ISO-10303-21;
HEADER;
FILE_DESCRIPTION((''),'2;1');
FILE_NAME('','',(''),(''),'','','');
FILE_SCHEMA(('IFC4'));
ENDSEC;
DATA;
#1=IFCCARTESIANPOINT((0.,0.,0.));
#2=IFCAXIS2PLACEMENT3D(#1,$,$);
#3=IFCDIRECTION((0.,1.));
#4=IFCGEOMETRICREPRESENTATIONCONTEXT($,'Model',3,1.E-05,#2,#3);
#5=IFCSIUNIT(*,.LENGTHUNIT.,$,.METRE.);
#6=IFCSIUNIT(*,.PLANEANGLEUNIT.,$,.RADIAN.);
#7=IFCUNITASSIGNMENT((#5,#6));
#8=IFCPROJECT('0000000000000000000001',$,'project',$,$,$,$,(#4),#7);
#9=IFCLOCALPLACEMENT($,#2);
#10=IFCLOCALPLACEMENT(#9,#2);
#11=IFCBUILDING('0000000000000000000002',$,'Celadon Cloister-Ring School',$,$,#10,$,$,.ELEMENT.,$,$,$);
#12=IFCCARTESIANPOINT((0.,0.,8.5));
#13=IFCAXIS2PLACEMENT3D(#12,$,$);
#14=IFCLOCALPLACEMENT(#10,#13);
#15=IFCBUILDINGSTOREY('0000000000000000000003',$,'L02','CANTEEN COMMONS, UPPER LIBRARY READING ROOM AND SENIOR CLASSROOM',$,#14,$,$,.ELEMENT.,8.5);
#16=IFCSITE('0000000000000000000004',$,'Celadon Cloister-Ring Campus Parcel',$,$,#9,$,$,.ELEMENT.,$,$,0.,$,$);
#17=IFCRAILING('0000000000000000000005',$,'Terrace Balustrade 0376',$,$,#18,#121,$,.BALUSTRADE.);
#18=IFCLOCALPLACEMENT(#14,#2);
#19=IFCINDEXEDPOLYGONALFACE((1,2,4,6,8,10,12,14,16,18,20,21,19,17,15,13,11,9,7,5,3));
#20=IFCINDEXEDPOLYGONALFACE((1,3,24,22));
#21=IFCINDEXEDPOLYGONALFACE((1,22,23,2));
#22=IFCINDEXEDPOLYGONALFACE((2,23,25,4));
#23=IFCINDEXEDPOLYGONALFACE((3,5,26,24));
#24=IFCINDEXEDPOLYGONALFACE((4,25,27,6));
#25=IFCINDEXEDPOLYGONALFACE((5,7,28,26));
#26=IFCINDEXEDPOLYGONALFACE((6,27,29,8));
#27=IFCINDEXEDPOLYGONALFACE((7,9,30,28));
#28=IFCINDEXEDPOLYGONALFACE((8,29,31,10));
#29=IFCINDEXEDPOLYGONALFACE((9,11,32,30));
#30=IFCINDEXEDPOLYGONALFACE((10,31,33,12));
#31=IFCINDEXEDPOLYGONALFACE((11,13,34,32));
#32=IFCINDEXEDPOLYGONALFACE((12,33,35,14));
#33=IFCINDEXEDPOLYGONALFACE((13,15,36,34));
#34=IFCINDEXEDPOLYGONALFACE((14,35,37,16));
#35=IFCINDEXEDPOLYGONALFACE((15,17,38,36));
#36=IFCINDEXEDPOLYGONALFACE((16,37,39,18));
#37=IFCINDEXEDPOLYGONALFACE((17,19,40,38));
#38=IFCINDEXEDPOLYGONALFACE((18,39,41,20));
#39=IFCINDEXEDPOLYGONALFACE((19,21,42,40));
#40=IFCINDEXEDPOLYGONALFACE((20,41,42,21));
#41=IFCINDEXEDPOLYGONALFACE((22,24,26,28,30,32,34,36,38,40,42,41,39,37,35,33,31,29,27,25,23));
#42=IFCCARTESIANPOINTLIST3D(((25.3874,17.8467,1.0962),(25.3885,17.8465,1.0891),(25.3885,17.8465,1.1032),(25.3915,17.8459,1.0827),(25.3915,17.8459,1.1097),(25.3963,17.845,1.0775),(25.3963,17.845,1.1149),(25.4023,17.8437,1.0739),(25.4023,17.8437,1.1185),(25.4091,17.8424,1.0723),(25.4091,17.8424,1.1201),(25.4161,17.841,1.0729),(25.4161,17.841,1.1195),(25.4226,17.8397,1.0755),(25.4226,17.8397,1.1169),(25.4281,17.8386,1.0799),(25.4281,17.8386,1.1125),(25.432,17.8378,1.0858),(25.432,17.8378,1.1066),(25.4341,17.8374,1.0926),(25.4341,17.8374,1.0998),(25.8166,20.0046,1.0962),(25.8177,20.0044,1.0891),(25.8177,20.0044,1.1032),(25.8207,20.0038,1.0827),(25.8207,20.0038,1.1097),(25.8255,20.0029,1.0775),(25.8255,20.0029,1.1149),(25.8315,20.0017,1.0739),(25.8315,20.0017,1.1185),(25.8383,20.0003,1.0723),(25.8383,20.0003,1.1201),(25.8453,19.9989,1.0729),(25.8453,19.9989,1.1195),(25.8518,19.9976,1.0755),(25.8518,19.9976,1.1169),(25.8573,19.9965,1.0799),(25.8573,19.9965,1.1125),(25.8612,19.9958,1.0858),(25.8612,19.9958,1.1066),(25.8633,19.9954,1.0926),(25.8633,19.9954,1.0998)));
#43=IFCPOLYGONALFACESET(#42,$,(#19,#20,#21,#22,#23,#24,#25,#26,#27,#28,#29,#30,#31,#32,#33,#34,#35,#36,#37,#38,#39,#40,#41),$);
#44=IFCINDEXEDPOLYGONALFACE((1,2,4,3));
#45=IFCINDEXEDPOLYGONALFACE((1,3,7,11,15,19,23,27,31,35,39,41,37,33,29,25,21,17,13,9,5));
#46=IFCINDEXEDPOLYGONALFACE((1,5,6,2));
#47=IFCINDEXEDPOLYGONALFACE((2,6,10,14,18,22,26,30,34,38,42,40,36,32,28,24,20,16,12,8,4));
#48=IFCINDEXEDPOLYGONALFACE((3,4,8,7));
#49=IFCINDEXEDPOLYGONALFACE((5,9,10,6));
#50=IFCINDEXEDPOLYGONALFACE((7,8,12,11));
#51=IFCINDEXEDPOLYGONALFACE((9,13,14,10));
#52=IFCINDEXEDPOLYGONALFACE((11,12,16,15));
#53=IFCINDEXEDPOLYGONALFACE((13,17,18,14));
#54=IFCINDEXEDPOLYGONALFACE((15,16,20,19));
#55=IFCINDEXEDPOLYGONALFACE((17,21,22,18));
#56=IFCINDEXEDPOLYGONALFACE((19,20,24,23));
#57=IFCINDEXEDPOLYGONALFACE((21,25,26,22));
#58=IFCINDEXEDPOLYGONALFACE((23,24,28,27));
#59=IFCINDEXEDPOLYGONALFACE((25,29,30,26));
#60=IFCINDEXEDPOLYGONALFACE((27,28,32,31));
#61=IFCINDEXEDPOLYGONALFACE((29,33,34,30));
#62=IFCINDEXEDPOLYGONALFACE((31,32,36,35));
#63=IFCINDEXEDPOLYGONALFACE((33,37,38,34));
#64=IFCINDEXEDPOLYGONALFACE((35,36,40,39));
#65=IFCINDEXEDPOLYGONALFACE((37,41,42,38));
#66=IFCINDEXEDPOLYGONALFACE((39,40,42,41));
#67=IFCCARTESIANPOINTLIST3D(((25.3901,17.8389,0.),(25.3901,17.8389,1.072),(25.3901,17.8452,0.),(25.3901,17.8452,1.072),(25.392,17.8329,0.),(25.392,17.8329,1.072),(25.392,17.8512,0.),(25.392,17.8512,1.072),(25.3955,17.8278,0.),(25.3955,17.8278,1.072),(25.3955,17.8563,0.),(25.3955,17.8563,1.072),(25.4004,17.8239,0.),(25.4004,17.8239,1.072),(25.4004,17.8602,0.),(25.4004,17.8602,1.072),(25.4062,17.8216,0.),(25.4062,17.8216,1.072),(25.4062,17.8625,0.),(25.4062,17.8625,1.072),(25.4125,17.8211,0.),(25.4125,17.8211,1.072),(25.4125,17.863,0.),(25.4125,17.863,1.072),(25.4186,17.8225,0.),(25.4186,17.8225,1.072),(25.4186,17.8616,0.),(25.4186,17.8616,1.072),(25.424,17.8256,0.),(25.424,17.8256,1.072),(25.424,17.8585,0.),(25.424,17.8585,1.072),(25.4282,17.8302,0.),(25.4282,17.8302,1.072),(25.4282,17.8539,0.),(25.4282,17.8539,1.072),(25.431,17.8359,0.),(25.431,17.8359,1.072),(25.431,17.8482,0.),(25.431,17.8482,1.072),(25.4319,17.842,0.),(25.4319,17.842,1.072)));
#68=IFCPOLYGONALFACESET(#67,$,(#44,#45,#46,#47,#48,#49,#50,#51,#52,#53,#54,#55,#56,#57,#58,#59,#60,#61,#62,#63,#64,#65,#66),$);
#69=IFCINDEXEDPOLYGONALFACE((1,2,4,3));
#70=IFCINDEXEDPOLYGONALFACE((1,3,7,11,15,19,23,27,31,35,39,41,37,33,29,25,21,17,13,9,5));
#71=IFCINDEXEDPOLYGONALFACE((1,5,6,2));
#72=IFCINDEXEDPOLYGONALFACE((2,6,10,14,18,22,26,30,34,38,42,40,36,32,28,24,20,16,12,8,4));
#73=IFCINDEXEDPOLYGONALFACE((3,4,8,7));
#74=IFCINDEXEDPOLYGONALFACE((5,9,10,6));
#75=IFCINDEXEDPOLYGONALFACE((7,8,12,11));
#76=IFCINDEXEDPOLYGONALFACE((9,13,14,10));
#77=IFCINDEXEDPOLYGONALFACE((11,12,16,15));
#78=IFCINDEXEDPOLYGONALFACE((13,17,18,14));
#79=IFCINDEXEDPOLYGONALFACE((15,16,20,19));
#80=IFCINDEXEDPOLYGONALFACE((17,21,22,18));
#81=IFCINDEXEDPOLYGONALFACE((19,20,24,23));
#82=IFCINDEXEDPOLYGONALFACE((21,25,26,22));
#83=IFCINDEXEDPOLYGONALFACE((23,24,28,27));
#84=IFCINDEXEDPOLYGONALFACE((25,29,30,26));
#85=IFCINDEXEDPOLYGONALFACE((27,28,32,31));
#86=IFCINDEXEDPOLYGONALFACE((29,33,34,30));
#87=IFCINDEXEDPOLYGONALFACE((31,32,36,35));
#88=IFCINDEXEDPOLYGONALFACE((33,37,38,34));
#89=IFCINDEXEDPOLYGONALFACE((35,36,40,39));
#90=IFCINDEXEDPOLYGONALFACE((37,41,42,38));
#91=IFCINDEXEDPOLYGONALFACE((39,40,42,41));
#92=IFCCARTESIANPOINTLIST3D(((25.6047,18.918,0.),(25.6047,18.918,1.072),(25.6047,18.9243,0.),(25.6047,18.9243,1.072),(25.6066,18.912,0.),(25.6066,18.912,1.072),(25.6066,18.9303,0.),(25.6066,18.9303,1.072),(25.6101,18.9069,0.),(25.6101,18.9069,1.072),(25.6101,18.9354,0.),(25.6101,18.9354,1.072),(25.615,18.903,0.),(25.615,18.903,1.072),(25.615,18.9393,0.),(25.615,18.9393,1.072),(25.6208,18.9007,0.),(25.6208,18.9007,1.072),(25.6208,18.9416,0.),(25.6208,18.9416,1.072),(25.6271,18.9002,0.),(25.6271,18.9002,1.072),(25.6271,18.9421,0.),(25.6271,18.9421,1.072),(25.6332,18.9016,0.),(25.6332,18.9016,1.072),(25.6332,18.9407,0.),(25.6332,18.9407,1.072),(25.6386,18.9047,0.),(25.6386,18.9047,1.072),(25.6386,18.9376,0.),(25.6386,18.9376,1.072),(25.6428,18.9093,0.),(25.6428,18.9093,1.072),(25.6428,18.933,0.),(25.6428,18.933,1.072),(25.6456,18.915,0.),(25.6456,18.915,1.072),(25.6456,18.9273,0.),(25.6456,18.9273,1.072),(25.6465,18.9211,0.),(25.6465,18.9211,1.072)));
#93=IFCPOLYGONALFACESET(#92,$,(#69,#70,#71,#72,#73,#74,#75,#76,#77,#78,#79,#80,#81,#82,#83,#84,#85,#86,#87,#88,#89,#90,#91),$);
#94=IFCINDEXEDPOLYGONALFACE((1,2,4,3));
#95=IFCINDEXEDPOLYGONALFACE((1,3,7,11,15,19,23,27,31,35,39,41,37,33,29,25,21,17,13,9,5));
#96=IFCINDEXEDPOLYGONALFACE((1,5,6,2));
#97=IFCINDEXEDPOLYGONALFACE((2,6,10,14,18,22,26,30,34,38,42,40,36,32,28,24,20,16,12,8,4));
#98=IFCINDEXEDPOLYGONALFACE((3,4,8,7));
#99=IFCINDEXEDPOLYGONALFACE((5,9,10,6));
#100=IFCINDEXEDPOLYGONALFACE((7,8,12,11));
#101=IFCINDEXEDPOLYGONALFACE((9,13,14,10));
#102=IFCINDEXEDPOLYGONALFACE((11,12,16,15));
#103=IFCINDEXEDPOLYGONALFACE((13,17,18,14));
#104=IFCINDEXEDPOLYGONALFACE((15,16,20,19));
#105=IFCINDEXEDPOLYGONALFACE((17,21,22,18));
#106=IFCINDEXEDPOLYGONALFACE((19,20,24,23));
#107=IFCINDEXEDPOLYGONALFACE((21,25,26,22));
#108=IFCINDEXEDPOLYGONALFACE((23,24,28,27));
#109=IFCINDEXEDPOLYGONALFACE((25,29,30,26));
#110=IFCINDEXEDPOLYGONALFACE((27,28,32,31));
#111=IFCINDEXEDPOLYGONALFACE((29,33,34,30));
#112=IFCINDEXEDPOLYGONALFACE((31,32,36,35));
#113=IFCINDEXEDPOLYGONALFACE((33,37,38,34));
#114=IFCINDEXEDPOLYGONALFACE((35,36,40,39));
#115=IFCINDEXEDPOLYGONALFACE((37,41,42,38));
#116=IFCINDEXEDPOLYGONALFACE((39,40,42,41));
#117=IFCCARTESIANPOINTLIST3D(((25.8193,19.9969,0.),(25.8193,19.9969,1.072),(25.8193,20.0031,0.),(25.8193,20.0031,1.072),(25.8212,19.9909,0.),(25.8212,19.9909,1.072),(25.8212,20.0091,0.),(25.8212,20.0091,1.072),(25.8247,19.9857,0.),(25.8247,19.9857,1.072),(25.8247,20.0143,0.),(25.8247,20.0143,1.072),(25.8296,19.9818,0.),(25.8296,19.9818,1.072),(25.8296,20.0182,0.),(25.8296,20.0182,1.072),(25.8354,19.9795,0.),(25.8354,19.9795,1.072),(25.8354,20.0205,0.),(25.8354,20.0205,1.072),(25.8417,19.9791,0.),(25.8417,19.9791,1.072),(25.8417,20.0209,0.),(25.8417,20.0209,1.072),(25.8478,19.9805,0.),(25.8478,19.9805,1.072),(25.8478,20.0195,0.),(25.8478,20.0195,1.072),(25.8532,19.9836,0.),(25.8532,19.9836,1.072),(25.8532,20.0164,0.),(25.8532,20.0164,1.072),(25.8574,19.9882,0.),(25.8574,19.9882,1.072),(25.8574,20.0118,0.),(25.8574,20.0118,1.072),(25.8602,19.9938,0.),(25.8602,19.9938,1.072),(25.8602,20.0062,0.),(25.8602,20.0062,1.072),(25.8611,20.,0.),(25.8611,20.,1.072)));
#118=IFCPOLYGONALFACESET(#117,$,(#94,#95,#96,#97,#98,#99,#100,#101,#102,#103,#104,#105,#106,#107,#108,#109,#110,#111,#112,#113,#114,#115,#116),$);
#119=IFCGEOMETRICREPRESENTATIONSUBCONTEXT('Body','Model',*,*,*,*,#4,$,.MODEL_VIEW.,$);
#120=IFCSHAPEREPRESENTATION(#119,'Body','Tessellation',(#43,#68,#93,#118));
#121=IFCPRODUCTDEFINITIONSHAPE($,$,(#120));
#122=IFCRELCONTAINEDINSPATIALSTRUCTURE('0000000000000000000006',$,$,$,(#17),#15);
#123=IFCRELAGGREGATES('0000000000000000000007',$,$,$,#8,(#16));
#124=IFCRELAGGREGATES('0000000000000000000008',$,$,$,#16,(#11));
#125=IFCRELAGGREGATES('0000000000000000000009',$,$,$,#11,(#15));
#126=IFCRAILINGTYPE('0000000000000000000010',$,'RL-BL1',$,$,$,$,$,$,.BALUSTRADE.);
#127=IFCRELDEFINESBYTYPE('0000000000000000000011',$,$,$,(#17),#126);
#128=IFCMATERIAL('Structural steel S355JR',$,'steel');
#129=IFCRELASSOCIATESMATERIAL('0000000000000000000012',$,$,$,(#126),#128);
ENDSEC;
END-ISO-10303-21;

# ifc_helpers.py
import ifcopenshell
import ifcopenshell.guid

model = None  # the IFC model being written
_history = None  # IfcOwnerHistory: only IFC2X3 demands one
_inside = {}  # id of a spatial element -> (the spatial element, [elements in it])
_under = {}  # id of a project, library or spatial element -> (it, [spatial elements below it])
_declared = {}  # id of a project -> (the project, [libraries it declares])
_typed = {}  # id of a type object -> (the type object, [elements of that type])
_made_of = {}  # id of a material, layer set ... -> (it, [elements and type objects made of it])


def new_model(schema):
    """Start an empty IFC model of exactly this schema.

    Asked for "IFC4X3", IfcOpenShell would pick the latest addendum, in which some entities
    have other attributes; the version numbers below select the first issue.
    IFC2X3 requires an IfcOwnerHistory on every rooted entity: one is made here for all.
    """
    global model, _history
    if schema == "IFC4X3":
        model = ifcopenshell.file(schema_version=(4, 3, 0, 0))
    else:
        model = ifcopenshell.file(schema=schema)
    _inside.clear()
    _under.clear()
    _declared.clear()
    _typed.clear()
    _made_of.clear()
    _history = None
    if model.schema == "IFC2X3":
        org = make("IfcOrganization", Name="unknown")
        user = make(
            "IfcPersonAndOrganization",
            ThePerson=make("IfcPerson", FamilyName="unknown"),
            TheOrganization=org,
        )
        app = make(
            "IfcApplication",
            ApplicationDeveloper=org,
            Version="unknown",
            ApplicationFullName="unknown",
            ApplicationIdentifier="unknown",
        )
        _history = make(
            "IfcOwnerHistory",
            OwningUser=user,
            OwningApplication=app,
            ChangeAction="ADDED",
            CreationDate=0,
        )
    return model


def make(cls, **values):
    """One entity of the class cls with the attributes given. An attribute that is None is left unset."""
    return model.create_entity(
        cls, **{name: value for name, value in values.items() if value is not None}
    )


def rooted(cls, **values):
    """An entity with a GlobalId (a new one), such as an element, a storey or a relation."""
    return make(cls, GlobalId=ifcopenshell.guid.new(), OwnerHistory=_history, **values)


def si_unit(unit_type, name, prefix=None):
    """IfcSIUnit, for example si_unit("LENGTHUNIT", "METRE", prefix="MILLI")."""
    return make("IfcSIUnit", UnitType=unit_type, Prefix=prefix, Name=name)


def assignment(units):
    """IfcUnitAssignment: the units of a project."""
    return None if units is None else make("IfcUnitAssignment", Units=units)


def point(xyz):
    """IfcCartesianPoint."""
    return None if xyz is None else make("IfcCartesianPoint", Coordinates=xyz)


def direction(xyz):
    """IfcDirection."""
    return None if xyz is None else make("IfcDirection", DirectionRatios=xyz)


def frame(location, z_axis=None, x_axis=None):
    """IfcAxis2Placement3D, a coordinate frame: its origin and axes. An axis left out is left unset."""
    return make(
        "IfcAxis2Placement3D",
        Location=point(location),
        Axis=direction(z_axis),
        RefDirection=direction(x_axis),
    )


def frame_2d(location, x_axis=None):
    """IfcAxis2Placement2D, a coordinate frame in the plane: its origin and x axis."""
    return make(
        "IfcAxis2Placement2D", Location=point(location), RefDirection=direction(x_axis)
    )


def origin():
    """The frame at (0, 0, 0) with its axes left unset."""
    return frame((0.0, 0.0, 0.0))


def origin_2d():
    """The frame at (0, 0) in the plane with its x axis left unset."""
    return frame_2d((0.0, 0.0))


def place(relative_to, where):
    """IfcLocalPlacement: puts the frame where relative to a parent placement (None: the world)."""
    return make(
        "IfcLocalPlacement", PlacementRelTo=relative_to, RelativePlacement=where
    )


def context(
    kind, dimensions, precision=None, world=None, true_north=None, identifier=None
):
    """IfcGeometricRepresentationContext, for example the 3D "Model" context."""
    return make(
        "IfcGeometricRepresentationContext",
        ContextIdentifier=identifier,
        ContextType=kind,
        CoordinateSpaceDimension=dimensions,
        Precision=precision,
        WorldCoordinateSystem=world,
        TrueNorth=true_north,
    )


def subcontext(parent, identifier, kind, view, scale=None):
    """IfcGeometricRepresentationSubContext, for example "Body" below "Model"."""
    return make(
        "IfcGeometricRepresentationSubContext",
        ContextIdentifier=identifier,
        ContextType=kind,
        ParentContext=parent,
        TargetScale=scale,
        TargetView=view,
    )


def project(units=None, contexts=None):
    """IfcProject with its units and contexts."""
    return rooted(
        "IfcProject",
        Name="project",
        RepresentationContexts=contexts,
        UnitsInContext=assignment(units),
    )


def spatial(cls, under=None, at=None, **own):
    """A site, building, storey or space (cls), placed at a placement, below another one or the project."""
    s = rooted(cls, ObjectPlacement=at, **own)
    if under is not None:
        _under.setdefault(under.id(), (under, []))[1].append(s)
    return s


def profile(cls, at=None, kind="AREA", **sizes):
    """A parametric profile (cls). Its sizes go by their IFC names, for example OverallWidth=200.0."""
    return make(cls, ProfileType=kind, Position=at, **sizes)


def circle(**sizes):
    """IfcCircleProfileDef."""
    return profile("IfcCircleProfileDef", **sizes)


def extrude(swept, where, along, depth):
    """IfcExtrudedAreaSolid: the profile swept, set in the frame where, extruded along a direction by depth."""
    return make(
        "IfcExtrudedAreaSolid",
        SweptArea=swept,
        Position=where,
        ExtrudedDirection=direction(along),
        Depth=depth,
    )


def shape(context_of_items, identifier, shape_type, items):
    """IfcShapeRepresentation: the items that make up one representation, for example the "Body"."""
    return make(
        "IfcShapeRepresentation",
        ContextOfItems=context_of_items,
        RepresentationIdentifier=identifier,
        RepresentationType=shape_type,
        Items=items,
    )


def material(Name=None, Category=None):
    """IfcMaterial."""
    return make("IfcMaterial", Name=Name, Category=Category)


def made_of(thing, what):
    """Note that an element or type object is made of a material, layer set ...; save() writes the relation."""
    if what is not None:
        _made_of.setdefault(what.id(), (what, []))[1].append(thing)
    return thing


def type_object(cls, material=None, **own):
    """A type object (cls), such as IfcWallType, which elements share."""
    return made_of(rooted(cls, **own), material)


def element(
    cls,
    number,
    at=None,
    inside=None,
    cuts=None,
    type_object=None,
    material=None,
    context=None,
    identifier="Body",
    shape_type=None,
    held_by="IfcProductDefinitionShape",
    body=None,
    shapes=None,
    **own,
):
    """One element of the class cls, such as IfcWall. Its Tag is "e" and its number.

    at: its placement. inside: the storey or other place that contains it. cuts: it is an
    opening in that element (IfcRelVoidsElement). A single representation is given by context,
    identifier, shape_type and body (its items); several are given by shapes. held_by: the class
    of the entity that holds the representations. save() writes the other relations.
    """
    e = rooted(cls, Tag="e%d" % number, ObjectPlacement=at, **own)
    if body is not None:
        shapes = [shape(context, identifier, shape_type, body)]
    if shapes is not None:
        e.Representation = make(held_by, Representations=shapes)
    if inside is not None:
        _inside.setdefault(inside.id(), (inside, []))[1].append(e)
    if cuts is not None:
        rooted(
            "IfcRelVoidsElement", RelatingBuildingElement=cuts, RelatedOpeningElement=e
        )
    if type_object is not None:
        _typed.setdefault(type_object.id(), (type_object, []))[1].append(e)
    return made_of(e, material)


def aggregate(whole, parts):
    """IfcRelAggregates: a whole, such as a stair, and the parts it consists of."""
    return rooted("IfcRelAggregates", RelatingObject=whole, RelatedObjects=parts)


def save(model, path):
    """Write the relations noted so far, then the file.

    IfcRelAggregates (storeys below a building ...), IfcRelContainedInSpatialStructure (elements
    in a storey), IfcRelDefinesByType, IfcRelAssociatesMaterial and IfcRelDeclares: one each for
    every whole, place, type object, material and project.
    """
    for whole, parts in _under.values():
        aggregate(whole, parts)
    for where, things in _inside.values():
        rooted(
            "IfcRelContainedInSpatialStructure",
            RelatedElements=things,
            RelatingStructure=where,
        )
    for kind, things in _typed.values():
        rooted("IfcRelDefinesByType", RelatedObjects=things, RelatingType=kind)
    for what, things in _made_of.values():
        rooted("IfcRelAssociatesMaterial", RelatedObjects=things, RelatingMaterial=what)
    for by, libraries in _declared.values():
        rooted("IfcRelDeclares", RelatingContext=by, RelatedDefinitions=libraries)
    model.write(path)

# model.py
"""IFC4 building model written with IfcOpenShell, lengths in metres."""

from ifc_helpers import new_model, si_unit, direction, frame, origin, origin_2d, place, context, subcontext, project, spatial, circle, extrude, material, type_object, element, save


model = new_model("IFC4")

# Units and contexts
model_context = context("Model", 3, precision=1e-05, world=origin(), true_north=direction((0.0, 1.0)))
body_context = subcontext(model_context, "Body", "Model", "MODEL_VIEW")
ifc_project = project(units=[si_unit("LENGTHUNIT", "METRE"), si_unit("PLANEANGLEUNIT", "RADIAN")], contexts=[model_context])

# Site, building, storey
site_placement = place(None, origin())
site = spatial("IfcSite", under=ifc_project, at=site_placement, Name="Celadon Cloister-Ring Campus Parcel", CompositionType="ELEMENT", RefElevation=0.0)
building_placement = place(site_placement, origin())
building = spatial("IfcBuilding", under=site, at=building_placement, Name="Celadon Cloister-Ring School", CompositionType="ELEMENT")
storey_placement = place(building_placement, frame((0.0, 0.0, 8.5)))
storey = spatial("IfcBuildingStorey", under=building, at=storey_placement, Name="L02", Description="CANTEEN COMMONS, UPPER LIBRARY READING ROOM AND SENIOR CLASSROOM", CompositionType="ELEMENT", Elevation=8.5)

# Railing
ifc_material_1 = material(Name="Structural steel S355JR", Category="steel")
railing_type = type_object("IfcRailingType", Name="RL-BL1", PredefinedType="BALUSTRADE", material=ifc_material_1)
railing_1_placement = place(storey_placement, frame((25.4109, 17.842, 0.0)))
element("IfcRailing", 1, at=railing_1_placement, inside=storey, type_object=railing_type, Name="Terrace Balustrade 0376", PredefinedType="BALUSTRADE", context=body_context, shape_type="SweptSolid", body=[
    extrude(circle(Radius=0.0239, at=origin_2d()), frame((0.0, 0.0, 1.0962), z_axis=(0.19507, 0.980789, 0.0), x_axis=(-0.980789, 0.19507, 0.0)), (0.0, 0.0, 1.0), 2.2002),
    extrude(circle(Radius=0.021, at=origin_2d()), origin(), (0.0, 0.0, 1.0), 1.072),
    extrude(circle(Radius=0.021, at=origin_2d()), frame((0.2146, 1.0791, 0.0)), (0.0, 0.0, 1.0), 1.072),
    extrude(circle(Radius=0.021, at=origin_2d()), frame((0.4292, 2.158, 0.0)), (0.0, 0.0, 1.0), 1.072),
])

save(model, "model.ifc")
